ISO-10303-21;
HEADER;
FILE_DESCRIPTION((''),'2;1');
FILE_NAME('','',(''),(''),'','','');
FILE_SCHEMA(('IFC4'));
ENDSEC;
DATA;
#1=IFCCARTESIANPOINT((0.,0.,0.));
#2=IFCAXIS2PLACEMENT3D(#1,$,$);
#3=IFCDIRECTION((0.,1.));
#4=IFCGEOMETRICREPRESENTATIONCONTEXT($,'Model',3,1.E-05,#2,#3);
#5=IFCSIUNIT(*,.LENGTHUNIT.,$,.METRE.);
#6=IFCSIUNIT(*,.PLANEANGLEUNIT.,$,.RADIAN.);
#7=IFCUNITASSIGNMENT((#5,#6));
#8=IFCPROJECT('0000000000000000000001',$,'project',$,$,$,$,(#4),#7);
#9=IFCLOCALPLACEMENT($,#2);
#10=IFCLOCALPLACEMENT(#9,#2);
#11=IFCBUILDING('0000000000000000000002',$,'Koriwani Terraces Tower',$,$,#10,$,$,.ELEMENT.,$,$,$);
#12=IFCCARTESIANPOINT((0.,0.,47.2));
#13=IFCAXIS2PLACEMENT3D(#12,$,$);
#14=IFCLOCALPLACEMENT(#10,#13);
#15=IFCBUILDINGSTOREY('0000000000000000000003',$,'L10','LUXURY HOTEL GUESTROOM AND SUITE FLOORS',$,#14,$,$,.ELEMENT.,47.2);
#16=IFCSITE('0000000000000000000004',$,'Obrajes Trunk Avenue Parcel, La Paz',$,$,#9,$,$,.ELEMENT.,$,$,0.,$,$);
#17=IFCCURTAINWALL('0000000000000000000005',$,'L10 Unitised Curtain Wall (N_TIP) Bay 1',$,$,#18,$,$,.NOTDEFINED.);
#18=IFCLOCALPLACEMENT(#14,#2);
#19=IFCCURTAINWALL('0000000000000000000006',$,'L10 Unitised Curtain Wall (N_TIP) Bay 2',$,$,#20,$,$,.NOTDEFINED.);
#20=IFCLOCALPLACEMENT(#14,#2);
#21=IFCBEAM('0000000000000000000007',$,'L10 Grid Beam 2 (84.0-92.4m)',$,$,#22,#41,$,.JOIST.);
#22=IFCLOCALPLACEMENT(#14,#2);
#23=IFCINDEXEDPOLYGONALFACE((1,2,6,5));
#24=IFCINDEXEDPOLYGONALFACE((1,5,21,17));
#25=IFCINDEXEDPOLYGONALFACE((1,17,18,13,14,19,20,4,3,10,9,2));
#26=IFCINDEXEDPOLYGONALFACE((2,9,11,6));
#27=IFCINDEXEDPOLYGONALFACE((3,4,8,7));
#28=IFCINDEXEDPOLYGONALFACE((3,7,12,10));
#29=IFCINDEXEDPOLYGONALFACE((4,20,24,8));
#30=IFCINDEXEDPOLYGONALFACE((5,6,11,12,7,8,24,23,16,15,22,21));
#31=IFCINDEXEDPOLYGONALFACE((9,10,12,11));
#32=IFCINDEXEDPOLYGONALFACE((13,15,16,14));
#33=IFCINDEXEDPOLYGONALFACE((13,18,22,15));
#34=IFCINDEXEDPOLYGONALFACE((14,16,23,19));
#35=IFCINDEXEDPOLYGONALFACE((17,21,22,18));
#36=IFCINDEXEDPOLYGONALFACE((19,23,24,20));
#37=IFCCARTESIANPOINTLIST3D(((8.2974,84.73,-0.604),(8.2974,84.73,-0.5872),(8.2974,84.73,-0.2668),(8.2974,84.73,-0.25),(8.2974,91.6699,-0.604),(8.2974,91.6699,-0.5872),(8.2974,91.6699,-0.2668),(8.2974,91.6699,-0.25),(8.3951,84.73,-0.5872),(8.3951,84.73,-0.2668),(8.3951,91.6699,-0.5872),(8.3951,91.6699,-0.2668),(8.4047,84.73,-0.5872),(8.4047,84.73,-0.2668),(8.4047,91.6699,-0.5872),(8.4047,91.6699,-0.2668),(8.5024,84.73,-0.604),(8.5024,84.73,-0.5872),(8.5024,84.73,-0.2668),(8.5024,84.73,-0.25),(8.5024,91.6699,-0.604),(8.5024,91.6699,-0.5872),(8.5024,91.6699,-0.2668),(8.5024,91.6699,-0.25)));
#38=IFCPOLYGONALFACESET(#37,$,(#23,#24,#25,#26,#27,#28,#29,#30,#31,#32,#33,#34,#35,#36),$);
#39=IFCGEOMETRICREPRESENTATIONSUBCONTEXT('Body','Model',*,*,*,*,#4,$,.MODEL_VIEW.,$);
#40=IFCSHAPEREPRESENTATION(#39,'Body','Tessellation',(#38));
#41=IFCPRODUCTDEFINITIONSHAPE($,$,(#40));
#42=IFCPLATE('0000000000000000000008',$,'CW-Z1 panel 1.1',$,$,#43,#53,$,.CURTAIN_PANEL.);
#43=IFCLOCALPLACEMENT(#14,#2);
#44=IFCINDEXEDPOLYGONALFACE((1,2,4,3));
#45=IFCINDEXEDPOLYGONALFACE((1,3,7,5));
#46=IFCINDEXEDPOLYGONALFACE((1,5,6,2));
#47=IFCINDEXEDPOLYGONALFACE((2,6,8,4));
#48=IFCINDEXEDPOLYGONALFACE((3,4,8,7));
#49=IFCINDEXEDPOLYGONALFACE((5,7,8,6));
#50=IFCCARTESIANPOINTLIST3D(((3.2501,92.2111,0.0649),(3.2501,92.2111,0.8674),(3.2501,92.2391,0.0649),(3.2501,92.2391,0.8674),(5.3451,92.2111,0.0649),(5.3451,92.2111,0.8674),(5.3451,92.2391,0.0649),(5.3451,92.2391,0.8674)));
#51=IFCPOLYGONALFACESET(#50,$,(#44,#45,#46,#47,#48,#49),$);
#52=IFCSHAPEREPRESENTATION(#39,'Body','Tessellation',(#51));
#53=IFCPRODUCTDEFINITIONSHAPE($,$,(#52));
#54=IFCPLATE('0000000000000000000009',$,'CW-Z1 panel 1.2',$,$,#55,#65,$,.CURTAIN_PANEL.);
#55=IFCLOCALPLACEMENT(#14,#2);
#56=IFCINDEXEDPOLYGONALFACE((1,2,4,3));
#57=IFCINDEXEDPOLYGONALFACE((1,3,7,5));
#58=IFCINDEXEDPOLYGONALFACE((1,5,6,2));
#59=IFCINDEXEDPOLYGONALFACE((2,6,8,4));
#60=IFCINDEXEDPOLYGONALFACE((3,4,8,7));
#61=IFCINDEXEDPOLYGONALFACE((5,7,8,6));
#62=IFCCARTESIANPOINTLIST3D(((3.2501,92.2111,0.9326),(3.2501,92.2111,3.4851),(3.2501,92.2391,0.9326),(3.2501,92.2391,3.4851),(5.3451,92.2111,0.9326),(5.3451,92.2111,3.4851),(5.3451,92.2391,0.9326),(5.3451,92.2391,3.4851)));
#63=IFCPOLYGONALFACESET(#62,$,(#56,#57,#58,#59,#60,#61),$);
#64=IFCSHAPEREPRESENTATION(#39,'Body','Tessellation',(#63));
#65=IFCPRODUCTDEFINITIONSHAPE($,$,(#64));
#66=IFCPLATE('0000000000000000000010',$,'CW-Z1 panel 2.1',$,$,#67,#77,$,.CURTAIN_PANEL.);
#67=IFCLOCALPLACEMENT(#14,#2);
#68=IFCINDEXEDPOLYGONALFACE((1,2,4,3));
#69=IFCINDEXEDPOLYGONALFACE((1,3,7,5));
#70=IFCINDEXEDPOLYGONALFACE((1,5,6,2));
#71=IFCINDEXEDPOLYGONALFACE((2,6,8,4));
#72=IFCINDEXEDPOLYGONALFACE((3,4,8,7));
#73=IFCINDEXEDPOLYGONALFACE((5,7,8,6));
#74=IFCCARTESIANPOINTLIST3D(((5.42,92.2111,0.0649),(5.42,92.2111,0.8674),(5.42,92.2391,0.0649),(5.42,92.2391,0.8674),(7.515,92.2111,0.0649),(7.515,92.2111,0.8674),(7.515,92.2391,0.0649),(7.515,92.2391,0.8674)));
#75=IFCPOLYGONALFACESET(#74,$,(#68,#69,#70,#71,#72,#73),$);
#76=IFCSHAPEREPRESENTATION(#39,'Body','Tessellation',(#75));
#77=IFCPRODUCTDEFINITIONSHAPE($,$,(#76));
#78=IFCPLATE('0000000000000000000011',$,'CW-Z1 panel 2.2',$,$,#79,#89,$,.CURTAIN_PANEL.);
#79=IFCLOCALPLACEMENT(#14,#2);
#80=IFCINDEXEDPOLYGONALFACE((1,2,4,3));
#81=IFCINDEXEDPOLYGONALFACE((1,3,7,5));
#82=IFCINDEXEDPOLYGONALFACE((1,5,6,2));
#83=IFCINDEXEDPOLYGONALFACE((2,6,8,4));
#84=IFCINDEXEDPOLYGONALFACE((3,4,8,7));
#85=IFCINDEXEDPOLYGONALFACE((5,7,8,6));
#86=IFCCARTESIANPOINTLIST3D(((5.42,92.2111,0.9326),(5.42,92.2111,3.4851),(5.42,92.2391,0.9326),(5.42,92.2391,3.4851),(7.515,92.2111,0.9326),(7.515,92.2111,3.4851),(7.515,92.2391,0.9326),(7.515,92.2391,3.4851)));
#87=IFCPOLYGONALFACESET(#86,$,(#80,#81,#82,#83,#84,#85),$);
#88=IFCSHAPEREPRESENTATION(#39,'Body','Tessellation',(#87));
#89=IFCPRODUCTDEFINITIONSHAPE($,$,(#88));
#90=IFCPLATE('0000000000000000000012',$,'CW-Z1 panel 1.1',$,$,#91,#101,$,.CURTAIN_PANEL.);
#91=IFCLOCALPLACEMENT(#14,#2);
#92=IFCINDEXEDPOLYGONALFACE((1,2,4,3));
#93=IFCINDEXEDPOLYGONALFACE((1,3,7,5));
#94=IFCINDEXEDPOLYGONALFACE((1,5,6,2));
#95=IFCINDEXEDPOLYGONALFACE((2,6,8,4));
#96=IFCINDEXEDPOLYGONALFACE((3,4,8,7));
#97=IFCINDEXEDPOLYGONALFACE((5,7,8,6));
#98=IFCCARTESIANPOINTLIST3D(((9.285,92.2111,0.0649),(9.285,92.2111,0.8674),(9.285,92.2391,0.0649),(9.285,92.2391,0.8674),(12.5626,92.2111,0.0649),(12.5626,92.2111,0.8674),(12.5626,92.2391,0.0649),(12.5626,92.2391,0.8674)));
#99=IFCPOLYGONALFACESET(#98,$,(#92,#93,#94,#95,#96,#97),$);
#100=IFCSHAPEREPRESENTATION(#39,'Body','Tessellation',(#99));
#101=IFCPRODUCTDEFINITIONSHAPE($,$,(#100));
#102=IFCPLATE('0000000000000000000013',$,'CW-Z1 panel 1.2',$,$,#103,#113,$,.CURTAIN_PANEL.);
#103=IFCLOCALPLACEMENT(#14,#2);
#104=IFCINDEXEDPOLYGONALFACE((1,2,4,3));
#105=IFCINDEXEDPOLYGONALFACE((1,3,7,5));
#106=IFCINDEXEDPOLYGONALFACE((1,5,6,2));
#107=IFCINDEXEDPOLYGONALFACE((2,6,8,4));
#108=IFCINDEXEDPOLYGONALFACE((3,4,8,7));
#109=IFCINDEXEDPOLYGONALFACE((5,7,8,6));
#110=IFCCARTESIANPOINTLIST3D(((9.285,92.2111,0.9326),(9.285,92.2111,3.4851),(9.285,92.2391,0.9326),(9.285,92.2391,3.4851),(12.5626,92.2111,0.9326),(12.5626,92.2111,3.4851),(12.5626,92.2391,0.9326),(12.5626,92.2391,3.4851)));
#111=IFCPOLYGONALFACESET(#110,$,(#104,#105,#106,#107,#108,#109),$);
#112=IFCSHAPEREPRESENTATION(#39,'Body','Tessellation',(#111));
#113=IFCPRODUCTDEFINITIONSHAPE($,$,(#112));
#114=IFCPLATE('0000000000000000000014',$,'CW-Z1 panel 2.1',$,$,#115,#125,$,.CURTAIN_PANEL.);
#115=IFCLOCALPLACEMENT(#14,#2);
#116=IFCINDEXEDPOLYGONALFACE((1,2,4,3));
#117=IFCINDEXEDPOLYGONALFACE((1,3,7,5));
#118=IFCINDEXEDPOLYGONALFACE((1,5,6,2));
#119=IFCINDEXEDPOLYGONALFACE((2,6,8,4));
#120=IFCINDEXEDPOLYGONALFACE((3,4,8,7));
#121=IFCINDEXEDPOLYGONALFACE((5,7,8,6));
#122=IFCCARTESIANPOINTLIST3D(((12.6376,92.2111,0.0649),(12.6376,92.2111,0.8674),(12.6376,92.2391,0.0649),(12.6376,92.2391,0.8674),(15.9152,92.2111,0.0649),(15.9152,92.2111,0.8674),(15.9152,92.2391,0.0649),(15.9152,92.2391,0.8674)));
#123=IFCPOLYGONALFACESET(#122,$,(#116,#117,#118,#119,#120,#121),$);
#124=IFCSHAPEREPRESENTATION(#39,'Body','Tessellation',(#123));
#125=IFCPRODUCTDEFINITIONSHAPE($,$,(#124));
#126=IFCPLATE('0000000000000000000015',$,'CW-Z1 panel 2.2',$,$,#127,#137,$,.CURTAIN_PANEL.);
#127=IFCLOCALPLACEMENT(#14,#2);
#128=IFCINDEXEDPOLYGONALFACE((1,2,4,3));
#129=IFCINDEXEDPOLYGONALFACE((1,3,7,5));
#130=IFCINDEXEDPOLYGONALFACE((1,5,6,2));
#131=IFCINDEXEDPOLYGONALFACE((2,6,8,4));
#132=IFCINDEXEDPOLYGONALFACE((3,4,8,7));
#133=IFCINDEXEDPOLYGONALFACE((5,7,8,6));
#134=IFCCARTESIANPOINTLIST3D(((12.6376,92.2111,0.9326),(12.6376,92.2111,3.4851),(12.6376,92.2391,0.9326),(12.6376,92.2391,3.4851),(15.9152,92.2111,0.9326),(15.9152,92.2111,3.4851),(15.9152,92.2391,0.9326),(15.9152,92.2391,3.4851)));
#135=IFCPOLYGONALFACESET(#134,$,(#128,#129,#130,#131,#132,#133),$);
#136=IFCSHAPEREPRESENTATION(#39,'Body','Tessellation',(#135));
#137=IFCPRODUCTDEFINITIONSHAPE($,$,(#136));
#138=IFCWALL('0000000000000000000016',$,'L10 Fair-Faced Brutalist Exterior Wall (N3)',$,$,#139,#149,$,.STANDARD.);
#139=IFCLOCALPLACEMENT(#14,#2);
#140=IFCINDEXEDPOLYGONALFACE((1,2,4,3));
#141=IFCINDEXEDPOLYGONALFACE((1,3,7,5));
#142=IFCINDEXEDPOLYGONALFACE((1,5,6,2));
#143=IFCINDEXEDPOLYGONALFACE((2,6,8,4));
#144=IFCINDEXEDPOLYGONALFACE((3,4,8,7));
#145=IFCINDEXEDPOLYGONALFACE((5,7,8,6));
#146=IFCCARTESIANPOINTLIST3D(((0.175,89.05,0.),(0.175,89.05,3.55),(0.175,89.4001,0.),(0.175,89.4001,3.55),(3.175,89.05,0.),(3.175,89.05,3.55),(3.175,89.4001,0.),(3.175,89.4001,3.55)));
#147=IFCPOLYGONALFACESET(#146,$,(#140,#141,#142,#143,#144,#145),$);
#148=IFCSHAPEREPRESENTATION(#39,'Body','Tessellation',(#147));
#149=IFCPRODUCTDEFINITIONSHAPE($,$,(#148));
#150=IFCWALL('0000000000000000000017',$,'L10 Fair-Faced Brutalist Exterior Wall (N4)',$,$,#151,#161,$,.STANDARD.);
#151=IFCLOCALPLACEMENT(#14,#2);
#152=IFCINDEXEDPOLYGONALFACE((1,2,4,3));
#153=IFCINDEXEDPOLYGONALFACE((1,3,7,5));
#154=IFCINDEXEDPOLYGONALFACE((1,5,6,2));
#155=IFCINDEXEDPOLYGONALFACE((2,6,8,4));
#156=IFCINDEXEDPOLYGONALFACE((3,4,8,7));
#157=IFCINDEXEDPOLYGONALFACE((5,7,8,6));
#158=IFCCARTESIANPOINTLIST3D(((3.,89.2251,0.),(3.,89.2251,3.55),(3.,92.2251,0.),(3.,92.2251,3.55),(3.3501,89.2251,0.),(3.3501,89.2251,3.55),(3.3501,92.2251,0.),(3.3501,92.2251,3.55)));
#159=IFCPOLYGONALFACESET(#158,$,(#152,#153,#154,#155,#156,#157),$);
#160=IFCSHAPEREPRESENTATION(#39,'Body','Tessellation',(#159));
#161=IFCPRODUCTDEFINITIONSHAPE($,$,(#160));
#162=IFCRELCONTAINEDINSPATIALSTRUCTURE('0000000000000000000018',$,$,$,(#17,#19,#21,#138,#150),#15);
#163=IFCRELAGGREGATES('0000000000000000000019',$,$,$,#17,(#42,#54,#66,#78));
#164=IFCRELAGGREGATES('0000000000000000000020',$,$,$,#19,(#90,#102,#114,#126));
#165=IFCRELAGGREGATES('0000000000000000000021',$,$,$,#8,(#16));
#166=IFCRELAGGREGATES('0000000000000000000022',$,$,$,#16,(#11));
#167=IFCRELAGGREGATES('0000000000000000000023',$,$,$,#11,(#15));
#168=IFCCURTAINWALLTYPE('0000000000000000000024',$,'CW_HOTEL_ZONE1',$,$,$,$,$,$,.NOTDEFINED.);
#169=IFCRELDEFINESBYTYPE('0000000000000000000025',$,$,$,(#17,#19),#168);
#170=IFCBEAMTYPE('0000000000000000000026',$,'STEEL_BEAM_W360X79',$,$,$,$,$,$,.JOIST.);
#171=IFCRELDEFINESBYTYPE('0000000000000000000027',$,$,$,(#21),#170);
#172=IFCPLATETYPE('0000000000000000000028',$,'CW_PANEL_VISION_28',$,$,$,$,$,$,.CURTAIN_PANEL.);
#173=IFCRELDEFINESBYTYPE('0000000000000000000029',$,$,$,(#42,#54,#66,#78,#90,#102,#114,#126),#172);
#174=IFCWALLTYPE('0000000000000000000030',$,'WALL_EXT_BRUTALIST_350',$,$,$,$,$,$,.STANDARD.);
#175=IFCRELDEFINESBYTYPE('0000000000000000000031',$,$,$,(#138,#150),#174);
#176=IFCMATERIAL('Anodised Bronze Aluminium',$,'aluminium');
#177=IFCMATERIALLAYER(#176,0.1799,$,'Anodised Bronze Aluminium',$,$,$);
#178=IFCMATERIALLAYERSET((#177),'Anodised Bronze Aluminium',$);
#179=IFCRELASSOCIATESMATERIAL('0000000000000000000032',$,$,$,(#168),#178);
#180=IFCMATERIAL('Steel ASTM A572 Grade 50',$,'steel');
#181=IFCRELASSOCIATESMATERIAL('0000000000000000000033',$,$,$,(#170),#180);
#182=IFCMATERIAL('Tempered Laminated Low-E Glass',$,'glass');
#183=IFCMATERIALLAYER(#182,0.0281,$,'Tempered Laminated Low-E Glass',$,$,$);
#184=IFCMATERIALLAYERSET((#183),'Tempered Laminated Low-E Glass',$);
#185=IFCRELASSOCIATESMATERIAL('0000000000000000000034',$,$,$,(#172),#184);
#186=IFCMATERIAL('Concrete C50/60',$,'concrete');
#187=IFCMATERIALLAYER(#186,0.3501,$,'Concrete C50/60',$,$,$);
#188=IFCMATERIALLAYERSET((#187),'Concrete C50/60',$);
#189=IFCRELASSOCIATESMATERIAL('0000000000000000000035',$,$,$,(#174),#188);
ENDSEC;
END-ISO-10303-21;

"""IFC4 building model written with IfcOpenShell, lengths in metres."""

from ifc_helpers import new_model, si_unit, direction, frame, frame_2d, origin, origin_2d, place, context, subcontext, project, spatial, rectangle, i_section, extrude, material, layer, layer_set, material_profile, profile_set, type_object, element, aggregate, save


model = new_model("IFC4")

# Units and contexts
model_context = context("Model", 3, precision=1e-05, world=origin(), true_north=direction((0.0, 1.0)))
body_context = subcontext(model_context, "Body", "Model", "MODEL_VIEW")
ifc_project = project(units=[si_unit("LENGTHUNIT", "METRE"), si_unit("PLANEANGLEUNIT", "RADIAN")], contexts=[model_context])

# Site, building, storey
site_placement = place(None, origin())
site = spatial("IfcSite", under=ifc_project, at=site_placement, Name="Obrajes Trunk Avenue Parcel, La Paz", CompositionType="ELEMENT", RefElevation=0.0)
building_placement = place(site_placement, origin())
building = spatial("IfcBuilding", under=site, at=building_placement, Name="Koriwani Terraces Tower", CompositionType="ELEMENT")
storey_placement = place(building_placement, frame((0.0, 0.0, 47.2)))
storey = spatial("IfcBuildingStorey", under=building, at=storey_placement, Name="L10", Description="LUXURY HOTEL GUESTROOM AND SUITE FLOORS", CompositionType="ELEMENT", Elevation=47.2)

# Shared definitions
ifc_material_1 = material(Name="Concrete C50/60", Category="concrete")

# Curtain walls
ifc_material_2 = material(Name="Anodised Bronze Aluminium", Category="aluminium")
ifc_layer_1 = layer(ifc_material_2, 0.1799, Name="Anodised Bronze Aluminium")
ifc_layer_set_1 = layer_set([ifc_layer_1], Name="Anodised Bronze Aluminium")
curtain_wall_type = type_object("IfcCurtainWallType", Name="CW_HOTEL_ZONE1", PredefinedType="NOTDEFINED", material=ifc_layer_set_1)
curtain_wall_1_placement = place(storey_placement, origin())
curtain_wall_1 = element("IfcCurtainWall", 1, at=curtain_wall_1_placement, inside=storey, type_object=curtain_wall_type, Name="L10 Unitised Curtain Wall (N_TIP) Bay 1", PredefinedType="NOTDEFINED")
curtain_wall_2_placement = place(storey_placement, origin())
curtain_wall_2 = element("IfcCurtainWall", 2, at=curtain_wall_2_placement, inside=storey, type_object=curtain_wall_type, Name="L10 Unitised Curtain Wall (N_TIP) Bay 2", PredefinedType="NOTDEFINED")

# Beam
ifc_material_3 = material(Name="Steel ASTM A572 Grade 50", Category="steel")
ifc_material_profile_1 = material_profile(ifc_material_3, i_section(OverallWidth=0.2051, OverallDepth=0.354, WebThickness=0.0095, FlangeThickness=0.0168, at=origin_2d()), Name="Steel ASTM A572 Grade 50", Category="LoadBearing")
ifc_profile_set_1 = profile_set([ifc_material_profile_1], Name="Steel ASTM A572 Grade 50")
beam_type_1 = type_object("IfcBeamType", Name="STEEL_BEAM_W360X79", PredefinedType="JOIST", material=ifc_profile_set_1)
beam_1_placement = place(storey_placement, frame((8.3999, 84.73, -0.427), z_axis=(0.0, 1.0, 0.0), x_axis=(-1.0, 0.0, 0.0)))
element("IfcBeam", 3, at=beam_1_placement, inside=storey, type_object=beam_type_1, Name="L10 Grid Beam 2 (84.0-92.4m)", PredefinedType="JOIST", context=body_context, shape_type="SweptSolid", body=[
    extrude(i_section(OverallWidth=0.2051, OverallDepth=0.354, WebThickness=0.0095, FlangeThickness=0.0168, at=origin_2d()), origin(), (0.0, 0.0, 1.0), 6.9399),
])

# Plates
ifc_material_4 = material(Name="Tempered Laminated Low-E Glass", Category="glass")
ifc_layer_2 = layer(ifc_material_4, 0.0281, Name="Tempered Laminated Low-E Glass")
ifc_layer_set_2 = layer_set([ifc_layer_2], Name="Tempered Laminated Low-E Glass")
plate_type = type_object("IfcPlateType", Name="CW_PANEL_VISION_28", PredefinedType="CURTAIN_PANEL", material=ifc_layer_set_2)
plate_1_placement = place(storey_placement, frame((4.2976, 92.2251, 0.0649), z_axis=(0.0, 0.0, 1.0), x_axis=(1.0, 0.0, 0.0)))
plate_1 = element("IfcPlate", 4, at=plate_1_placement, type_object=plate_type, Name="CW-Z1 panel 1.1", PredefinedType="CURTAIN_PANEL", context=body_context, shape_type="SweptSolid", body=[
    extrude(rectangle(XDim=2.095, YDim=0.0281, at=origin_2d()), origin(), (0.0, 0.0, 1.0), 0.8025),
])
plate_2_placement = place(storey_placement, frame((4.2976, 92.2251, 0.9326), z_axis=(0.0, 0.0, 1.0), x_axis=(1.0, 0.0, 0.0)))
plate_2 = element("IfcPlate", 5, at=plate_2_placement, type_object=plate_type, Name="CW-Z1 panel 1.2", PredefinedType="CURTAIN_PANEL", context=body_context, shape_type="SweptSolid", body=[
    extrude(rectangle(XDim=2.095, YDim=0.0281, at=origin_2d()), origin(), (0.0, 0.0, 1.0), 2.5525),
])
plate_3_placement = place(storey_placement, frame((6.4675, 92.2251, 0.0649), z_axis=(0.0, 0.0, 1.0), x_axis=(1.0, 0.0, 0.0)))
plate_3 = element("IfcPlate", 6, at=plate_3_placement, type_object=plate_type, Name="CW-Z1 panel 2.1", PredefinedType="CURTAIN_PANEL", context=body_context, shape_type="SweptSolid", body=[
    extrude(rectangle(XDim=2.095, YDim=0.0281, at=origin_2d()), origin(), (0.0, 0.0, 1.0), 0.8025),
])
plate_4_placement = place(storey_placement, frame((6.4675, 92.2251, 0.9326), z_axis=(0.0, 0.0, 1.0), x_axis=(1.0, 0.0, 0.0)))
plate_4 = element("IfcPlate", 7, at=plate_4_placement, type_object=plate_type, Name="CW-Z1 panel 2.2", PredefinedType="CURTAIN_PANEL", context=body_context, shape_type="SweptSolid", body=[
    extrude(rectangle(XDim=2.095, YDim=0.0281, at=origin_2d()), origin(), (0.0, 0.0, 1.0), 2.5525),
])
aggregate(curtain_wall_1, [plate_1, plate_2, plate_3, plate_4])
plate_5_placement = place(storey_placement, frame((10.9238, 92.2251, 0.0649), z_axis=(0.0, 0.0, 1.0), x_axis=(1.0, 0.0, 0.0)))
plate_5 = element("IfcPlate", 8, at=plate_5_placement, type_object=plate_type, Name="CW-Z1 panel 1.1", PredefinedType="CURTAIN_PANEL", context=body_context, shape_type="SweptSolid", body=[
    extrude(rectangle(XDim=3.2776, YDim=0.0281, at=origin_2d()), origin(), (0.0, 0.0, 1.0), 0.8025),
])
plate_6_placement = place(storey_placement, frame((10.9238, 92.2251, 0.9326), z_axis=(0.0, 0.0, 1.0), x_axis=(1.0, 0.0, 0.0)))
plate_6 = element("IfcPlate", 9, at=plate_6_placement, type_object=plate_type, Name="CW-Z1 panel 1.2", PredefinedType="CURTAIN_PANEL", context=body_context, shape_type="SweptSolid", body=[
    extrude(rectangle(XDim=3.2776, YDim=0.0281, at=origin_2d()), origin(), (0.0, 0.0, 1.0), 2.5525),
])
plate_7_placement = place(storey_placement, frame((14.2764, 92.2251, 0.0649), z_axis=(0.0, 0.0, 1.0), x_axis=(1.0, 0.0, 0.0)))
plate_7 = element("IfcPlate", 10, at=plate_7_placement, type_object=plate_type, Name="CW-Z1 panel 2.1", PredefinedType="CURTAIN_PANEL", context=body_context, shape_type="SweptSolid", body=[
    extrude(rectangle(XDim=3.2776, YDim=0.0281, at=origin_2d()), origin(), (0.0, 0.0, 1.0), 0.8025),
])
plate_8_placement = place(storey_placement, frame((14.2764, 92.2251, 0.9326), z_axis=(0.0, 0.0, 1.0), x_axis=(1.0, 0.0, 0.0)))
plate_8 = element("IfcPlate", 11, at=plate_8_placement, type_object=plate_type, Name="CW-Z1 panel 2.2", PredefinedType="CURTAIN_PANEL", context=body_context, shape_type="SweptSolid", body=[
    extrude(rectangle(XDim=3.2776, YDim=0.0281, at=origin_2d()), origin(), (0.0, 0.0, 1.0), 2.5525),
])
aggregate(curtain_wall_2, [plate_5, plate_6, plate_7, plate_8])

# Walls
ifc_layer_3 = layer(ifc_material_1, 0.3501, Name="Concrete C50/60")
ifc_layer_set_3 = layer_set([ifc_layer_3], Name="Concrete C50/60")
wall_type = type_object("IfcWallType", Name="WALL_EXT_BRUTALIST_350", PredefinedType="STANDARD", material=ifc_layer_set_3)
for number, where, z_axis, x_axis, name in (
    (12, (0.175, 89.2251, 0.0), (0.0, 0.0, 1.0), (1.0, 0.0, 0.0), "L10 Fair-Faced Brutalist Exterior Wall (N3)"),
    (13, (3.175, 89.2251, 0.0), (0.0, 0.0, 1.0), (0.0, 1.0, 0.0), "L10 Fair-Faced Brutalist Exterior Wall (N4)"),
):
    element("IfcWall", number, at=place(storey_placement, frame(where, z_axis=z_axis, x_axis=x_axis)), inside=storey, type_object=wall_type, Name=name, PredefinedType="STANDARD", context=body_context, shape_type="SweptSolid", body=[
        extrude(rectangle(XDim=3.0, YDim=0.3501, at=frame_2d((1.5, 0.0))), origin(), (0.0, 0.0, 1.0), 3.55),
    ])

save(model, "model.ifc")
